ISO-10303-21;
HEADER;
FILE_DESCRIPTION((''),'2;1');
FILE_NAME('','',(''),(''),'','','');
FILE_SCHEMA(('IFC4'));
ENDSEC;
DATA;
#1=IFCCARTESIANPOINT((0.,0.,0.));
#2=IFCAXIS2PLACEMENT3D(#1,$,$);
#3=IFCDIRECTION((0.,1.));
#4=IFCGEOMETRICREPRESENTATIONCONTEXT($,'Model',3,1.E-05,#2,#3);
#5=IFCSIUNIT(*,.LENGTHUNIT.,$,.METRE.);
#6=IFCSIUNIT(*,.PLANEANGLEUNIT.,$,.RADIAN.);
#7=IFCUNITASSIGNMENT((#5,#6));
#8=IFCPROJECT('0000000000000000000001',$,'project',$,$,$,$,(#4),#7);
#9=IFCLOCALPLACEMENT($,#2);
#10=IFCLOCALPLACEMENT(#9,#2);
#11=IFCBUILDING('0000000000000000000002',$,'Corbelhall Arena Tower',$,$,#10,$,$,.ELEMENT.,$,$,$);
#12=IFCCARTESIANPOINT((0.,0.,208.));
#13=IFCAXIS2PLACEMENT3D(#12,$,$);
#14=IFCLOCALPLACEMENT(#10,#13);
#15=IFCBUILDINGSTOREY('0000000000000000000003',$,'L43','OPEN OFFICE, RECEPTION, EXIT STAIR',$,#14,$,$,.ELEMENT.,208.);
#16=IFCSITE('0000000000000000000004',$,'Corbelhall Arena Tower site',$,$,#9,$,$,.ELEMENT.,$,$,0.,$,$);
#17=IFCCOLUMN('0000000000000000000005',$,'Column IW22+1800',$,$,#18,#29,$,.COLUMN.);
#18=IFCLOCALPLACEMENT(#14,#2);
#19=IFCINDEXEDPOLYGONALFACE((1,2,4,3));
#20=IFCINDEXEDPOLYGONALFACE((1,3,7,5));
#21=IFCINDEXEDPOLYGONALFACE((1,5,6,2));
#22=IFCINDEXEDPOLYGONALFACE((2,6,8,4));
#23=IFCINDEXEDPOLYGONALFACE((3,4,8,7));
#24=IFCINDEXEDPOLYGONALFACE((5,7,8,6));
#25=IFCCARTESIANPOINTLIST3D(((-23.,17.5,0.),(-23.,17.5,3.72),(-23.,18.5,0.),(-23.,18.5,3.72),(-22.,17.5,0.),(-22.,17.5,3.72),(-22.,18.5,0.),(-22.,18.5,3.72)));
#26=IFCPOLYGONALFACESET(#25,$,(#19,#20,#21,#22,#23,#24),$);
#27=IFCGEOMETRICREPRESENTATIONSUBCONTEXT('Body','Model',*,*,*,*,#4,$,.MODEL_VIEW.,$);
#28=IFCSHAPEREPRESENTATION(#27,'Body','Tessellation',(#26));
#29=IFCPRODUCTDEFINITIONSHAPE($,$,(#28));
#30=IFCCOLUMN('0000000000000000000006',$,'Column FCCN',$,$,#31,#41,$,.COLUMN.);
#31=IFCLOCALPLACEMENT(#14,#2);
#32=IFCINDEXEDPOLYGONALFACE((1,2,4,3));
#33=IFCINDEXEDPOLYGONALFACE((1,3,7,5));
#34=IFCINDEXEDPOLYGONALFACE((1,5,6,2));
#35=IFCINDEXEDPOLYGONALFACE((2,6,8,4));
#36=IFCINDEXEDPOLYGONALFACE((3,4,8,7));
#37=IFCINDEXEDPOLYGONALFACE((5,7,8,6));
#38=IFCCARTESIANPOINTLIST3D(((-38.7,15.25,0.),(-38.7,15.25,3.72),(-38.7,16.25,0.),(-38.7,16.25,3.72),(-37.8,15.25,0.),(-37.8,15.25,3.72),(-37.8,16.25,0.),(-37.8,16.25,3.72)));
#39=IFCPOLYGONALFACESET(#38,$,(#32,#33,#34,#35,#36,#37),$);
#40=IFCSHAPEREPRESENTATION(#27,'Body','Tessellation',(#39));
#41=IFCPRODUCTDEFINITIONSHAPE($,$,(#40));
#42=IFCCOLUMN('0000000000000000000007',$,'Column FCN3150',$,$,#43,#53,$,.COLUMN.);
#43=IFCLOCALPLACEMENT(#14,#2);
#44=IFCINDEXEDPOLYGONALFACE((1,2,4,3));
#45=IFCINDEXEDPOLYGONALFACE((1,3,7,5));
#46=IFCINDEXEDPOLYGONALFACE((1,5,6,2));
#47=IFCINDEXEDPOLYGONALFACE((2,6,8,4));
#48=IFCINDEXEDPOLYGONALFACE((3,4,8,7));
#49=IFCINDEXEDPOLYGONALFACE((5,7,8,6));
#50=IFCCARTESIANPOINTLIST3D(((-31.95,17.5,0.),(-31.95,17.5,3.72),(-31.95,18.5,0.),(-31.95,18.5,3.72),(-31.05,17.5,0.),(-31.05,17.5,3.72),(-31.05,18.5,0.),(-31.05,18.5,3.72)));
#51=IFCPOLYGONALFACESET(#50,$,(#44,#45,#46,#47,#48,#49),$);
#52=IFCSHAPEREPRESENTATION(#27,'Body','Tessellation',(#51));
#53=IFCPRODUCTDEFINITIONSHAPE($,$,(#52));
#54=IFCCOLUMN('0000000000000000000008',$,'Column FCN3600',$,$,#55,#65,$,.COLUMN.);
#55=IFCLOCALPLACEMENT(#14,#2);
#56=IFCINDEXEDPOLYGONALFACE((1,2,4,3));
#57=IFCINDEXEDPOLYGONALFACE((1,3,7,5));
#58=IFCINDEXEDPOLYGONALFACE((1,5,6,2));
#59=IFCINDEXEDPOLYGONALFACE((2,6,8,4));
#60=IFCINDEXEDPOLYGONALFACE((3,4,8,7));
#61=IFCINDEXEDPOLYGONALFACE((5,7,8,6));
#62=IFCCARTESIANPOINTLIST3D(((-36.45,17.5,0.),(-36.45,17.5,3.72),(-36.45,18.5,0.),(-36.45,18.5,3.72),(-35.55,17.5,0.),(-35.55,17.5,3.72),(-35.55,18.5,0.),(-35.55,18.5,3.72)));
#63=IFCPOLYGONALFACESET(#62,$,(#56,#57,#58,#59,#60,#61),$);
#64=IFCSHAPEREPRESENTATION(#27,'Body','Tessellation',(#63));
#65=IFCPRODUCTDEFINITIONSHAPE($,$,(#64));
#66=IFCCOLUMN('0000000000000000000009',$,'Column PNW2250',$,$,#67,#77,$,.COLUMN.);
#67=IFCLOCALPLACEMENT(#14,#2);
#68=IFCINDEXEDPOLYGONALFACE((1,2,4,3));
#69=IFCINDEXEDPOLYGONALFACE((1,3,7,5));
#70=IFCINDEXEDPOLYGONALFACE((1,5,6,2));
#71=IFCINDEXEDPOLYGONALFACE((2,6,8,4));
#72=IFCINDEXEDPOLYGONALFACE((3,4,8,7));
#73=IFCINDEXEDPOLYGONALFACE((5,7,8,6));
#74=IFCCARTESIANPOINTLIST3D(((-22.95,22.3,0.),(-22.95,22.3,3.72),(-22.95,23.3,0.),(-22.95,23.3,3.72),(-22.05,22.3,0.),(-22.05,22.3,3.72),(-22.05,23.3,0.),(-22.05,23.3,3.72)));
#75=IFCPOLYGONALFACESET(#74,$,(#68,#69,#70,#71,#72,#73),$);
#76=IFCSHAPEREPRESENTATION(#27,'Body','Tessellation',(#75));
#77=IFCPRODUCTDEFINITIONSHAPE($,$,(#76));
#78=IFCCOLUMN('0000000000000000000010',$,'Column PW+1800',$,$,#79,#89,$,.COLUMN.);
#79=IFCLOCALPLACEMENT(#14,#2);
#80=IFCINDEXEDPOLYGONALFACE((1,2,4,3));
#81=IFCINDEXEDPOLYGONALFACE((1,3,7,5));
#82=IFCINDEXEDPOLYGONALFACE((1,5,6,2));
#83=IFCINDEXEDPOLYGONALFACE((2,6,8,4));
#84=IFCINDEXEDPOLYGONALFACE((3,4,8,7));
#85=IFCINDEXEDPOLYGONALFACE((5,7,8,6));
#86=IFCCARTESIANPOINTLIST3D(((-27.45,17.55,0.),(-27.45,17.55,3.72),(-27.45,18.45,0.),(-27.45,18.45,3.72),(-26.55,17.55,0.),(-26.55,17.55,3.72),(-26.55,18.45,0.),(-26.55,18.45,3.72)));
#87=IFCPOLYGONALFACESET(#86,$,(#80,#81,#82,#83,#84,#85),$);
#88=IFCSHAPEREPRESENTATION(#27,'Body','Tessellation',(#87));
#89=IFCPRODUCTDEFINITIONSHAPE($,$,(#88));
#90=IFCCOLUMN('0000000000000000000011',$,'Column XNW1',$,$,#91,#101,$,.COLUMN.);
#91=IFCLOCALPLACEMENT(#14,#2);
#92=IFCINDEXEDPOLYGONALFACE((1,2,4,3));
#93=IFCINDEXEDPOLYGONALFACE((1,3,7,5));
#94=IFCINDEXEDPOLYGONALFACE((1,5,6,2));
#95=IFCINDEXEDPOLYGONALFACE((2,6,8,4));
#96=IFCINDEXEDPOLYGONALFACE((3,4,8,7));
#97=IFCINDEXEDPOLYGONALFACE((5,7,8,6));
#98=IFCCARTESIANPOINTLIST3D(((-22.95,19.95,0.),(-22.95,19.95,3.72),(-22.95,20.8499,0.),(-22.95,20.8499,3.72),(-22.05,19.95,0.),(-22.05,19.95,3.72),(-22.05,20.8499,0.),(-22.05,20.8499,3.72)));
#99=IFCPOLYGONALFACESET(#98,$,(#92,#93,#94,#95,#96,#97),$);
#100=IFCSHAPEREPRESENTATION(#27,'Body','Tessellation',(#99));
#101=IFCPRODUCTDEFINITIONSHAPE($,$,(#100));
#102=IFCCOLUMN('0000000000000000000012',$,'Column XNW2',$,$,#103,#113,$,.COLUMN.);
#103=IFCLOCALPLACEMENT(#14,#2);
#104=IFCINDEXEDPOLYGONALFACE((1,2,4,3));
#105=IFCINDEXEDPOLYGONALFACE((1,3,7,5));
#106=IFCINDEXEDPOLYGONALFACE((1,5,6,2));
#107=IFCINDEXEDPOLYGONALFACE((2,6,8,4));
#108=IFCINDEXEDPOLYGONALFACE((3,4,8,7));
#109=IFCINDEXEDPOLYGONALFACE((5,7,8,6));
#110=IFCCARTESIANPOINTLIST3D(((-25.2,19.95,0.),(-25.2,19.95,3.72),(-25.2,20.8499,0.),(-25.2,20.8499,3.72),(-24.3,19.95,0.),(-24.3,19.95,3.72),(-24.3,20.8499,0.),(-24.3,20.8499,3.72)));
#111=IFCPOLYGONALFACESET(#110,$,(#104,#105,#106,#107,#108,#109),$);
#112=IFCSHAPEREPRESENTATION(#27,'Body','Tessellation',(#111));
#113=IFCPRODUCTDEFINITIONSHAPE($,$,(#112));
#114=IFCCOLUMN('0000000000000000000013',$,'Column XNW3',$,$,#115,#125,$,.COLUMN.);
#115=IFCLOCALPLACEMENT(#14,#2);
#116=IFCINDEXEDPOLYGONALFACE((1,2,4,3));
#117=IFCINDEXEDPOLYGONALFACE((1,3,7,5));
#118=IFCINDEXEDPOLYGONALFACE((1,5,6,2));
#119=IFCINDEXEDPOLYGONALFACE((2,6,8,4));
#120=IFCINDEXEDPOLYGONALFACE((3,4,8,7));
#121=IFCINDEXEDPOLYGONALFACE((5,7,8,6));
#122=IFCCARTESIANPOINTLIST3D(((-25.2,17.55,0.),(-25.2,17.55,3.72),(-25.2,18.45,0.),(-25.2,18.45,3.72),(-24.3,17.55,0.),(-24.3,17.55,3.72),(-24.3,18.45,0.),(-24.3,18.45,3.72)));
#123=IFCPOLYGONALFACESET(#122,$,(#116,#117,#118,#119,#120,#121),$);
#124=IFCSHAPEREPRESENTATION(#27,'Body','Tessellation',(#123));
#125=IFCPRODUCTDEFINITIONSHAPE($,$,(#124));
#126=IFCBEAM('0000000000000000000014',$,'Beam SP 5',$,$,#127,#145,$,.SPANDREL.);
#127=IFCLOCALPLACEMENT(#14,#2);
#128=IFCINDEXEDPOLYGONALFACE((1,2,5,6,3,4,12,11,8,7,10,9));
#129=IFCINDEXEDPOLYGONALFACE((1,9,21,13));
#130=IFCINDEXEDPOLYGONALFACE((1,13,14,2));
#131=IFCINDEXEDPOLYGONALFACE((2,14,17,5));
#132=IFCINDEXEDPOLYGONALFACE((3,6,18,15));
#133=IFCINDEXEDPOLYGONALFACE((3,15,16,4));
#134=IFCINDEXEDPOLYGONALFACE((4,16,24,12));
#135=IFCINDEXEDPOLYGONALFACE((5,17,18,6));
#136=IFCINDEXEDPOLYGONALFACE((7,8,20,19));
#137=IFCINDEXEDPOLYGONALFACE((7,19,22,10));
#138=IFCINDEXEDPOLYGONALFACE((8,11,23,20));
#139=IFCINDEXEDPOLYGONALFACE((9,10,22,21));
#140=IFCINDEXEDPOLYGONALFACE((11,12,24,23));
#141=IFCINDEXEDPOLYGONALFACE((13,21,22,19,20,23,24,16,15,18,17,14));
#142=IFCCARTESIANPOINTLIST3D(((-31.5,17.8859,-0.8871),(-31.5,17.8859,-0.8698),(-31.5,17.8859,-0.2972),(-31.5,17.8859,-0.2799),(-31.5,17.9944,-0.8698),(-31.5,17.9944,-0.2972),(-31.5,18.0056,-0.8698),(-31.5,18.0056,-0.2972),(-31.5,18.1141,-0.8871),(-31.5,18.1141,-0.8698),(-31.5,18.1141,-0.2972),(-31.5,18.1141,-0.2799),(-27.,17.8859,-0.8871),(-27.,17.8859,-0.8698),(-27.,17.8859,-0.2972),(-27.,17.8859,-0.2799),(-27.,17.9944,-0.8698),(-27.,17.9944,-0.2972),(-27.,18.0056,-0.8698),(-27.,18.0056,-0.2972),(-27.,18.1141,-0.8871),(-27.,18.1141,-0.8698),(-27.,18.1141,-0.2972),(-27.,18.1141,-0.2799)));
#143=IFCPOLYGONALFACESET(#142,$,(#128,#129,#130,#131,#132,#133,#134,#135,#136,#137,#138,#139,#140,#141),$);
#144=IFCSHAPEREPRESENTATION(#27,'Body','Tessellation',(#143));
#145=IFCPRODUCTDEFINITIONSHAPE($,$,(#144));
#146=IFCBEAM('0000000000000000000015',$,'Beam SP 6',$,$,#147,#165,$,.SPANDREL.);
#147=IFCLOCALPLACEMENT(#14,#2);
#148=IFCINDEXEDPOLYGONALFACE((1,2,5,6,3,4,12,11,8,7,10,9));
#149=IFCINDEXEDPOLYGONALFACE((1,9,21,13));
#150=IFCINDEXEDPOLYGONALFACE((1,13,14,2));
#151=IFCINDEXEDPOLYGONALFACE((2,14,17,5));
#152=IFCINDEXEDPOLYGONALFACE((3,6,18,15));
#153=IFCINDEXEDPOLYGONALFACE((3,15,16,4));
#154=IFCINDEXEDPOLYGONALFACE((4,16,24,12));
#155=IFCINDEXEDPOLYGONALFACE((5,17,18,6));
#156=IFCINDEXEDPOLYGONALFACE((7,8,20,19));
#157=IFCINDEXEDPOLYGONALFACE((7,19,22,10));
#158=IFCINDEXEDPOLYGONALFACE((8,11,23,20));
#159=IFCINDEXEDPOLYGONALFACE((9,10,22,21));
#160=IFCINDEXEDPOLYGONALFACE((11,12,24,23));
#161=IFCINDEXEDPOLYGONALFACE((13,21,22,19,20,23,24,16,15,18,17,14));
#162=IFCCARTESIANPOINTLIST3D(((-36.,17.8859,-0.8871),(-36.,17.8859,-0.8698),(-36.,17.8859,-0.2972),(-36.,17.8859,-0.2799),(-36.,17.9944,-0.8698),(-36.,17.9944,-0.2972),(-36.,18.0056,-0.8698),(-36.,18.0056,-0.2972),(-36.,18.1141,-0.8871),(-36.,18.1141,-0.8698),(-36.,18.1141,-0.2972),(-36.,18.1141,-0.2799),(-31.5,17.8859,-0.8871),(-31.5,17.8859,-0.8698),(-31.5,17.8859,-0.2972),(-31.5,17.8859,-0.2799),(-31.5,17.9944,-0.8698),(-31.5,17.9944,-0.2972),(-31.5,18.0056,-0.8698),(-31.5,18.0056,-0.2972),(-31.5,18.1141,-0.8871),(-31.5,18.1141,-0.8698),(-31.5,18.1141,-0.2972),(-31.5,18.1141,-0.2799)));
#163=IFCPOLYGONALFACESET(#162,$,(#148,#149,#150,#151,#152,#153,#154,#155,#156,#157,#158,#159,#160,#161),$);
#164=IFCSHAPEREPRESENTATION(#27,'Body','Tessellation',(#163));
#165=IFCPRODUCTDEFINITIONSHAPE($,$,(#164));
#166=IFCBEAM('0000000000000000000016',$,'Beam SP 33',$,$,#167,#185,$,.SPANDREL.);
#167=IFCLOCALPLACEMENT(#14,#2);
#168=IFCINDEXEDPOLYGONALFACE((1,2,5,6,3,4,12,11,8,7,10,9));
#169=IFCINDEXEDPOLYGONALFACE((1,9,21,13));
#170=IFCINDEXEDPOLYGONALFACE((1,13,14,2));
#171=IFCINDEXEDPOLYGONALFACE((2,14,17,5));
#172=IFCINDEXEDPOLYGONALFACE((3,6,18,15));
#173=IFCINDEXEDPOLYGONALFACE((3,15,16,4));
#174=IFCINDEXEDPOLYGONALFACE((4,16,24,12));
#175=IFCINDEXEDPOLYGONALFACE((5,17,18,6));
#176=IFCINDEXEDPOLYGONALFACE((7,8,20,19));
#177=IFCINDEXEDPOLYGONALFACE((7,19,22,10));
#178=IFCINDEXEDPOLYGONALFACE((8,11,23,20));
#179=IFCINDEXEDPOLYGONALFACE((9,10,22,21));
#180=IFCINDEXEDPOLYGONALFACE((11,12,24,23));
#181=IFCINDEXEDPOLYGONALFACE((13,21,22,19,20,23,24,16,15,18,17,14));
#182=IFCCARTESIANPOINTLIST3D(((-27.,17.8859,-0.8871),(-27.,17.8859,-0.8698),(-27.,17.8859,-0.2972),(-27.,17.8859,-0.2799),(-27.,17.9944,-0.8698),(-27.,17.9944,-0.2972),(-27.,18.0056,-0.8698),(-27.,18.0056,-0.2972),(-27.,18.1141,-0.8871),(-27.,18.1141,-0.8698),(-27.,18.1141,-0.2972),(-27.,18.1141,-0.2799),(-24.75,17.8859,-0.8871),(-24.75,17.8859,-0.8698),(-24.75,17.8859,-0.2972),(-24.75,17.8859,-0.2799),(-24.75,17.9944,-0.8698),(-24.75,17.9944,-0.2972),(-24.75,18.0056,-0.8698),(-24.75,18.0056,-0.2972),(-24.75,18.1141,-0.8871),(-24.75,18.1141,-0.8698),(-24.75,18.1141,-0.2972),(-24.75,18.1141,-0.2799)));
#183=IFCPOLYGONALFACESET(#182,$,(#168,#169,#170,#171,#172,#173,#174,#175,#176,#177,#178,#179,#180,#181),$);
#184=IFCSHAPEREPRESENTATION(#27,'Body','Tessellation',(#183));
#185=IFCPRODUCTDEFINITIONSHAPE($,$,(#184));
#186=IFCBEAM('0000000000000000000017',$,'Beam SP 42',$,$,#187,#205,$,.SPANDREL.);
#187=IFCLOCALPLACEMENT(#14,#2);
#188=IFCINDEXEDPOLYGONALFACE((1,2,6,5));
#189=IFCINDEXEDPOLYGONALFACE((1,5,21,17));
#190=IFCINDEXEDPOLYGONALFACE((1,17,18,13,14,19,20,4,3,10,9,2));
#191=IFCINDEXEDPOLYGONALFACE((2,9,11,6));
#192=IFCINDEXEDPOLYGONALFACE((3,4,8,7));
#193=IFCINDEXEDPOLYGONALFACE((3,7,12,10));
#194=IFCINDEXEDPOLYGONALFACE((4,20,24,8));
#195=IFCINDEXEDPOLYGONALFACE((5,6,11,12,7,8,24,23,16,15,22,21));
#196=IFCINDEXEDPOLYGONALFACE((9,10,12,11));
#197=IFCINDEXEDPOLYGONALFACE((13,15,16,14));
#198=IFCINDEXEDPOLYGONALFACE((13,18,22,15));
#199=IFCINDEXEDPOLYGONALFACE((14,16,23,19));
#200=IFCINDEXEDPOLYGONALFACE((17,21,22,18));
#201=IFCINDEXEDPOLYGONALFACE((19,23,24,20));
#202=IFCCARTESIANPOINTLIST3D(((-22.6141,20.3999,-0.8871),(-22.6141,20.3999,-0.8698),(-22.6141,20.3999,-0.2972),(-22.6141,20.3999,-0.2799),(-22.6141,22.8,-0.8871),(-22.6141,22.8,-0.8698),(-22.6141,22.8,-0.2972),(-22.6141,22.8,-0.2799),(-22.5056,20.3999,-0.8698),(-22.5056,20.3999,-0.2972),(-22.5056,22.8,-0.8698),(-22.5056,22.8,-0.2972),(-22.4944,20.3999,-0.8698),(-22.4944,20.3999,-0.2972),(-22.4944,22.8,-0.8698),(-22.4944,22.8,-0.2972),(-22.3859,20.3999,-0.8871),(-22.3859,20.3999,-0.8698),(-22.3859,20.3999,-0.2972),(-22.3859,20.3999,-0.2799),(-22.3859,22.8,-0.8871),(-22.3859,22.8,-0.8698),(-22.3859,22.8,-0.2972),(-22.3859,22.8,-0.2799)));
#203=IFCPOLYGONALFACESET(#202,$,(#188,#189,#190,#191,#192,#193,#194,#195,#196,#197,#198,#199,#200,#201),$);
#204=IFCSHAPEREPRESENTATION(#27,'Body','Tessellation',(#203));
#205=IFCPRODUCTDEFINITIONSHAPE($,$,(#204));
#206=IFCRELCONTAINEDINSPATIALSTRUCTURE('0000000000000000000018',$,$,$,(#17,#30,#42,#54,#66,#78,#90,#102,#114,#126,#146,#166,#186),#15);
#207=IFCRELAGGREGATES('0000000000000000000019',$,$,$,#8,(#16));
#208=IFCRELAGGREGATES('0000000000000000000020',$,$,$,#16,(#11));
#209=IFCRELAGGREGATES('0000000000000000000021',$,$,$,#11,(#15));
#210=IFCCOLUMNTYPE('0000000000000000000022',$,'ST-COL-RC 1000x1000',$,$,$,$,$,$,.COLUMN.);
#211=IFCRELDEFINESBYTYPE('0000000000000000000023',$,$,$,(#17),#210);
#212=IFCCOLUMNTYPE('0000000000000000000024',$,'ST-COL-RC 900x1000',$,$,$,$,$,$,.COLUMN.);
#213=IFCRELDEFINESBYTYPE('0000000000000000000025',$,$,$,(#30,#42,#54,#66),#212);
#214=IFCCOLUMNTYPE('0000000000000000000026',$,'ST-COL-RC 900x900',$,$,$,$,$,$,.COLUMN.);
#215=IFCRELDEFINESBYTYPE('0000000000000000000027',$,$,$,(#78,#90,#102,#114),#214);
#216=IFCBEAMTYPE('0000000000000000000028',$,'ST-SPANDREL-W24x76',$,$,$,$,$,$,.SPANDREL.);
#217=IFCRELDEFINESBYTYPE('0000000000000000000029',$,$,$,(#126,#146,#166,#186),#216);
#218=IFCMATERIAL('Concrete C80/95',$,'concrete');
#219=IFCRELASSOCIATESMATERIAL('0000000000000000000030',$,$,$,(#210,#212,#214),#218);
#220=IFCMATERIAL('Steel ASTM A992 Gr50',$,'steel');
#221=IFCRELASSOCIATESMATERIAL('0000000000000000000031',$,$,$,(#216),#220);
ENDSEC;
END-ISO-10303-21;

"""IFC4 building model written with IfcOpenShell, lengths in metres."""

from ifc_helpers import new_model, si_unit, direction, frame, origin, origin_2d, place, context, subcontext, project, spatial, rectangle, i_section, extrude, material, material_profile, profile_set, type_object, element, save


model = new_model("IFC4")

# Units and contexts
model_context = context("Model", 3, precision=1e-05, world=origin(), true_north=direction((0.0, 1.0)))
body_context = subcontext(model_context, "Body", "Model", "MODEL_VIEW")
ifc_project = project(units=[si_unit("LENGTHUNIT", "METRE"), si_unit("PLANEANGLEUNIT", "RADIAN")], contexts=[model_context])

# Site, building, storey
site_placement = place(None, origin())
site = spatial("IfcSite", under=ifc_project, at=site_placement, Name="Corbelhall Arena Tower site", CompositionType="ELEMENT", RefElevation=0.0)
building_placement = place(site_placement, origin())
building = spatial("IfcBuilding", under=site, at=building_placement, Name="Corbelhall Arena Tower", CompositionType="ELEMENT")
storey_placement = place(building_placement, frame((0.0, 0.0, 208.0)))
storey = spatial("IfcBuildingStorey", under=building, at=storey_placement, Name="L43", Description="OPEN OFFICE, RECEPTION, EXIT STAIR", CompositionType="ELEMENT", Elevation=208.0)

# Columns
ifc_material_1 = material(Name="Concrete C80/95", Category="concrete")
ifc_material_profile_1 = material_profile(ifc_material_1, rectangle(XDim=1.0, YDim=1.0, at=origin_2d()))
ifc_profile_set_1 = profile_set([ifc_material_profile_1], Name="Concrete C80/95")
column_type_1 = type_object("IfcColumnType", Name="ST-COL-RC 1000x1000", PredefinedType="COLUMN", material=ifc_profile_set_1)
column_placement = place(storey_placement, frame((-22.5, 18.0, 0.0), z_axis=(0.0, 0.0, 1.0), x_axis=(1.0, 0.0, 0.0)))
element("IfcColumn", 1, at=column_placement, inside=storey, type_object=column_type_1, Name="Column IW22+1800", PredefinedType="COLUMN", context=body_context, shape_type="SweptSolid", body=[
    extrude(rectangle(XDim=1.0, YDim=1.0, at=origin_2d()), origin(), (0.0, 0.0, 1.0), 3.72),
])
ifc_material_profile_2 = material_profile(ifc_material_1, rectangle(XDim=0.8999, YDim=1.0, at=origin_2d()))
ifc_profile_set_2 = profile_set([ifc_material_profile_2], Name="Concrete C80/95")
column_type_2 = type_object("IfcColumnType", Name="ST-COL-RC 900x1000", PredefinedType="COLUMN", material=ifc_profile_set_2)
for number, where, z_axis, x_axis, name in (
    (2, (-38.25, 15.75, 0.0), (0.0, 0.0, 1.0), (1.0, 0.0, 0.0), "Column FCCN"),
    (3, (-31.5, 18.0, 0.0), (0.0, 0.0, 1.0), (1.0, 0.0, 0.0), "Column FCN3150"),
    (4, (-36.0, 18.0, 0.0), (0.0, 0.0, 1.0), (1.0, 0.0, 0.0), "Column FCN3600"),
    (5, (-22.5, 22.8, 0.0), (0.0, 0.0, 1.0), (1.0, 0.0, 0.0), "Column PNW2250"),
):
    element("IfcColumn", number, at=place(storey_placement, frame(where, z_axis=z_axis, x_axis=x_axis)), inside=storey, type_object=column_type_2, Name=name, PredefinedType="COLUMN", context=body_context, shape_type="SweptSolid", body=[
        extrude(rectangle(XDim=0.8999, YDim=1.0, at=origin_2d()), origin(), (0.0, 0.0, 1.0), 3.72),
    ])
ifc_material_profile_3 = material_profile(ifc_material_1, rectangle(XDim=0.8999, YDim=0.8999, at=origin_2d()))
ifc_profile_set_3 = profile_set([ifc_material_profile_3], Name="Concrete C80/95")
column_type_3 = type_object("IfcColumnType", Name="ST-COL-RC 900x900", PredefinedType="COLUMN", material=ifc_profile_set_3)
for number, where, z_axis, x_axis, name in (
    (6, (-27.0, 18.0, 0.0), (0.0, 0.0, 1.0), (1.0, 0.0, 0.0), "Column PW+1800"),
    (7, (-22.5, 20.3999, 0.0), (0.0, 0.0, 1.0), (1.0, 0.0, 0.0), "Column XNW1"),
    (8, (-24.75, 20.3999, 0.0), (0.0, 0.0, 1.0), (1.0, 0.0, 0.0), "Column XNW2"),
    (9, (-24.75, 18.0, 0.0), (0.0, 0.0, 1.0), (1.0, 0.0, 0.0), "Column XNW3"),
):
    element("IfcColumn", number, at=place(storey_placement, frame(where, z_axis=z_axis, x_axis=x_axis)), inside=storey, type_object=column_type_3, Name=name, PredefinedType="COLUMN", context=body_context, shape_type="SweptSolid", body=[
        extrude(rectangle(XDim=0.8999, YDim=0.8999, at=origin_2d()), origin(), (0.0, 0.0, 1.0), 3.72),
    ])

# Beams
ifc_material_2 = material(Name="Steel ASTM A992 Gr50", Category="steel")
ifc_material_profile_4 = material_profile(ifc_material_2, i_section(OverallWidth=0.2283, OverallDepth=0.6072, WebThickness=0.0112, FlangeThickness=0.0173, at=origin_2d()))
ifc_profile_set_4 = profile_set([ifc_material_profile_4], Name="Steel ASTM A992 Gr50")
beam_type = type_object("IfcBeamType", Name="ST-SPANDREL-W24x76", PredefinedType="SPANDREL", material=ifc_profile_set_4)
for number, where, z_axis, x_axis, name in (
    (10, (-31.5, 18.0, -0.5835), (1.0, 0.0, 0.0), (0.0, 1.0, 0.0), "Beam SP 5"),
    (11, (-36.0, 18.0, -0.5835), (1.0, 0.0, 0.0), (0.0, 1.0, 0.0), "Beam SP 6"),
):
    element("IfcBeam", number, at=place(storey_placement, frame(where, z_axis=z_axis, x_axis=x_axis)), inside=storey, type_object=beam_type, Name=name, PredefinedType="SPANDREL", context=body_context, shape_type="SweptSolid", body=[
        extrude(i_section(OverallWidth=0.2283, OverallDepth=0.6072, WebThickness=0.0112, FlangeThickness=0.0173, at=origin_2d()), origin(), (0.0, 0.0, 1.0), 4.5),
    ])
beam_1_placement = place(storey_placement, frame((-27.0, 18.0, -0.5835), z_axis=(1.0, 0.0, 0.0), x_axis=(0.0, 1.0, 0.0)))
element("IfcBeam", 12, at=beam_1_placement, inside=storey, type_object=beam_type, Name="Beam SP 33", PredefinedType="SPANDREL", context=body_context, shape_type="SweptSolid", body=[
    extrude(i_section(OverallWidth=0.2283, OverallDepth=0.6072, WebThickness=0.0112, FlangeThickness=0.0173, at=origin_2d()), origin(), (0.0, 0.0, 1.0), 2.25),
])
beam_2_placement = place(storey_placement, frame((-22.5, 20.3999, -0.5835), z_axis=(0.0, 1.0, 0.0), x_axis=(-1.0, 0.0, 0.0)))
element("IfcBeam", 13, at=beam_2_placement, inside=storey, type_object=beam_type, Name="Beam SP 42", PredefinedType="SPANDREL", context=body_context, shape_type="SweptSolid", body=[
    extrude(i_section(OverallWidth=0.2283, OverallDepth=0.6072, WebThickness=0.0112, FlangeThickness=0.0173, at=origin_2d()), origin(), (0.0, 0.0, 1.0), 2.4001),
])

save(model, "model.ifc")
